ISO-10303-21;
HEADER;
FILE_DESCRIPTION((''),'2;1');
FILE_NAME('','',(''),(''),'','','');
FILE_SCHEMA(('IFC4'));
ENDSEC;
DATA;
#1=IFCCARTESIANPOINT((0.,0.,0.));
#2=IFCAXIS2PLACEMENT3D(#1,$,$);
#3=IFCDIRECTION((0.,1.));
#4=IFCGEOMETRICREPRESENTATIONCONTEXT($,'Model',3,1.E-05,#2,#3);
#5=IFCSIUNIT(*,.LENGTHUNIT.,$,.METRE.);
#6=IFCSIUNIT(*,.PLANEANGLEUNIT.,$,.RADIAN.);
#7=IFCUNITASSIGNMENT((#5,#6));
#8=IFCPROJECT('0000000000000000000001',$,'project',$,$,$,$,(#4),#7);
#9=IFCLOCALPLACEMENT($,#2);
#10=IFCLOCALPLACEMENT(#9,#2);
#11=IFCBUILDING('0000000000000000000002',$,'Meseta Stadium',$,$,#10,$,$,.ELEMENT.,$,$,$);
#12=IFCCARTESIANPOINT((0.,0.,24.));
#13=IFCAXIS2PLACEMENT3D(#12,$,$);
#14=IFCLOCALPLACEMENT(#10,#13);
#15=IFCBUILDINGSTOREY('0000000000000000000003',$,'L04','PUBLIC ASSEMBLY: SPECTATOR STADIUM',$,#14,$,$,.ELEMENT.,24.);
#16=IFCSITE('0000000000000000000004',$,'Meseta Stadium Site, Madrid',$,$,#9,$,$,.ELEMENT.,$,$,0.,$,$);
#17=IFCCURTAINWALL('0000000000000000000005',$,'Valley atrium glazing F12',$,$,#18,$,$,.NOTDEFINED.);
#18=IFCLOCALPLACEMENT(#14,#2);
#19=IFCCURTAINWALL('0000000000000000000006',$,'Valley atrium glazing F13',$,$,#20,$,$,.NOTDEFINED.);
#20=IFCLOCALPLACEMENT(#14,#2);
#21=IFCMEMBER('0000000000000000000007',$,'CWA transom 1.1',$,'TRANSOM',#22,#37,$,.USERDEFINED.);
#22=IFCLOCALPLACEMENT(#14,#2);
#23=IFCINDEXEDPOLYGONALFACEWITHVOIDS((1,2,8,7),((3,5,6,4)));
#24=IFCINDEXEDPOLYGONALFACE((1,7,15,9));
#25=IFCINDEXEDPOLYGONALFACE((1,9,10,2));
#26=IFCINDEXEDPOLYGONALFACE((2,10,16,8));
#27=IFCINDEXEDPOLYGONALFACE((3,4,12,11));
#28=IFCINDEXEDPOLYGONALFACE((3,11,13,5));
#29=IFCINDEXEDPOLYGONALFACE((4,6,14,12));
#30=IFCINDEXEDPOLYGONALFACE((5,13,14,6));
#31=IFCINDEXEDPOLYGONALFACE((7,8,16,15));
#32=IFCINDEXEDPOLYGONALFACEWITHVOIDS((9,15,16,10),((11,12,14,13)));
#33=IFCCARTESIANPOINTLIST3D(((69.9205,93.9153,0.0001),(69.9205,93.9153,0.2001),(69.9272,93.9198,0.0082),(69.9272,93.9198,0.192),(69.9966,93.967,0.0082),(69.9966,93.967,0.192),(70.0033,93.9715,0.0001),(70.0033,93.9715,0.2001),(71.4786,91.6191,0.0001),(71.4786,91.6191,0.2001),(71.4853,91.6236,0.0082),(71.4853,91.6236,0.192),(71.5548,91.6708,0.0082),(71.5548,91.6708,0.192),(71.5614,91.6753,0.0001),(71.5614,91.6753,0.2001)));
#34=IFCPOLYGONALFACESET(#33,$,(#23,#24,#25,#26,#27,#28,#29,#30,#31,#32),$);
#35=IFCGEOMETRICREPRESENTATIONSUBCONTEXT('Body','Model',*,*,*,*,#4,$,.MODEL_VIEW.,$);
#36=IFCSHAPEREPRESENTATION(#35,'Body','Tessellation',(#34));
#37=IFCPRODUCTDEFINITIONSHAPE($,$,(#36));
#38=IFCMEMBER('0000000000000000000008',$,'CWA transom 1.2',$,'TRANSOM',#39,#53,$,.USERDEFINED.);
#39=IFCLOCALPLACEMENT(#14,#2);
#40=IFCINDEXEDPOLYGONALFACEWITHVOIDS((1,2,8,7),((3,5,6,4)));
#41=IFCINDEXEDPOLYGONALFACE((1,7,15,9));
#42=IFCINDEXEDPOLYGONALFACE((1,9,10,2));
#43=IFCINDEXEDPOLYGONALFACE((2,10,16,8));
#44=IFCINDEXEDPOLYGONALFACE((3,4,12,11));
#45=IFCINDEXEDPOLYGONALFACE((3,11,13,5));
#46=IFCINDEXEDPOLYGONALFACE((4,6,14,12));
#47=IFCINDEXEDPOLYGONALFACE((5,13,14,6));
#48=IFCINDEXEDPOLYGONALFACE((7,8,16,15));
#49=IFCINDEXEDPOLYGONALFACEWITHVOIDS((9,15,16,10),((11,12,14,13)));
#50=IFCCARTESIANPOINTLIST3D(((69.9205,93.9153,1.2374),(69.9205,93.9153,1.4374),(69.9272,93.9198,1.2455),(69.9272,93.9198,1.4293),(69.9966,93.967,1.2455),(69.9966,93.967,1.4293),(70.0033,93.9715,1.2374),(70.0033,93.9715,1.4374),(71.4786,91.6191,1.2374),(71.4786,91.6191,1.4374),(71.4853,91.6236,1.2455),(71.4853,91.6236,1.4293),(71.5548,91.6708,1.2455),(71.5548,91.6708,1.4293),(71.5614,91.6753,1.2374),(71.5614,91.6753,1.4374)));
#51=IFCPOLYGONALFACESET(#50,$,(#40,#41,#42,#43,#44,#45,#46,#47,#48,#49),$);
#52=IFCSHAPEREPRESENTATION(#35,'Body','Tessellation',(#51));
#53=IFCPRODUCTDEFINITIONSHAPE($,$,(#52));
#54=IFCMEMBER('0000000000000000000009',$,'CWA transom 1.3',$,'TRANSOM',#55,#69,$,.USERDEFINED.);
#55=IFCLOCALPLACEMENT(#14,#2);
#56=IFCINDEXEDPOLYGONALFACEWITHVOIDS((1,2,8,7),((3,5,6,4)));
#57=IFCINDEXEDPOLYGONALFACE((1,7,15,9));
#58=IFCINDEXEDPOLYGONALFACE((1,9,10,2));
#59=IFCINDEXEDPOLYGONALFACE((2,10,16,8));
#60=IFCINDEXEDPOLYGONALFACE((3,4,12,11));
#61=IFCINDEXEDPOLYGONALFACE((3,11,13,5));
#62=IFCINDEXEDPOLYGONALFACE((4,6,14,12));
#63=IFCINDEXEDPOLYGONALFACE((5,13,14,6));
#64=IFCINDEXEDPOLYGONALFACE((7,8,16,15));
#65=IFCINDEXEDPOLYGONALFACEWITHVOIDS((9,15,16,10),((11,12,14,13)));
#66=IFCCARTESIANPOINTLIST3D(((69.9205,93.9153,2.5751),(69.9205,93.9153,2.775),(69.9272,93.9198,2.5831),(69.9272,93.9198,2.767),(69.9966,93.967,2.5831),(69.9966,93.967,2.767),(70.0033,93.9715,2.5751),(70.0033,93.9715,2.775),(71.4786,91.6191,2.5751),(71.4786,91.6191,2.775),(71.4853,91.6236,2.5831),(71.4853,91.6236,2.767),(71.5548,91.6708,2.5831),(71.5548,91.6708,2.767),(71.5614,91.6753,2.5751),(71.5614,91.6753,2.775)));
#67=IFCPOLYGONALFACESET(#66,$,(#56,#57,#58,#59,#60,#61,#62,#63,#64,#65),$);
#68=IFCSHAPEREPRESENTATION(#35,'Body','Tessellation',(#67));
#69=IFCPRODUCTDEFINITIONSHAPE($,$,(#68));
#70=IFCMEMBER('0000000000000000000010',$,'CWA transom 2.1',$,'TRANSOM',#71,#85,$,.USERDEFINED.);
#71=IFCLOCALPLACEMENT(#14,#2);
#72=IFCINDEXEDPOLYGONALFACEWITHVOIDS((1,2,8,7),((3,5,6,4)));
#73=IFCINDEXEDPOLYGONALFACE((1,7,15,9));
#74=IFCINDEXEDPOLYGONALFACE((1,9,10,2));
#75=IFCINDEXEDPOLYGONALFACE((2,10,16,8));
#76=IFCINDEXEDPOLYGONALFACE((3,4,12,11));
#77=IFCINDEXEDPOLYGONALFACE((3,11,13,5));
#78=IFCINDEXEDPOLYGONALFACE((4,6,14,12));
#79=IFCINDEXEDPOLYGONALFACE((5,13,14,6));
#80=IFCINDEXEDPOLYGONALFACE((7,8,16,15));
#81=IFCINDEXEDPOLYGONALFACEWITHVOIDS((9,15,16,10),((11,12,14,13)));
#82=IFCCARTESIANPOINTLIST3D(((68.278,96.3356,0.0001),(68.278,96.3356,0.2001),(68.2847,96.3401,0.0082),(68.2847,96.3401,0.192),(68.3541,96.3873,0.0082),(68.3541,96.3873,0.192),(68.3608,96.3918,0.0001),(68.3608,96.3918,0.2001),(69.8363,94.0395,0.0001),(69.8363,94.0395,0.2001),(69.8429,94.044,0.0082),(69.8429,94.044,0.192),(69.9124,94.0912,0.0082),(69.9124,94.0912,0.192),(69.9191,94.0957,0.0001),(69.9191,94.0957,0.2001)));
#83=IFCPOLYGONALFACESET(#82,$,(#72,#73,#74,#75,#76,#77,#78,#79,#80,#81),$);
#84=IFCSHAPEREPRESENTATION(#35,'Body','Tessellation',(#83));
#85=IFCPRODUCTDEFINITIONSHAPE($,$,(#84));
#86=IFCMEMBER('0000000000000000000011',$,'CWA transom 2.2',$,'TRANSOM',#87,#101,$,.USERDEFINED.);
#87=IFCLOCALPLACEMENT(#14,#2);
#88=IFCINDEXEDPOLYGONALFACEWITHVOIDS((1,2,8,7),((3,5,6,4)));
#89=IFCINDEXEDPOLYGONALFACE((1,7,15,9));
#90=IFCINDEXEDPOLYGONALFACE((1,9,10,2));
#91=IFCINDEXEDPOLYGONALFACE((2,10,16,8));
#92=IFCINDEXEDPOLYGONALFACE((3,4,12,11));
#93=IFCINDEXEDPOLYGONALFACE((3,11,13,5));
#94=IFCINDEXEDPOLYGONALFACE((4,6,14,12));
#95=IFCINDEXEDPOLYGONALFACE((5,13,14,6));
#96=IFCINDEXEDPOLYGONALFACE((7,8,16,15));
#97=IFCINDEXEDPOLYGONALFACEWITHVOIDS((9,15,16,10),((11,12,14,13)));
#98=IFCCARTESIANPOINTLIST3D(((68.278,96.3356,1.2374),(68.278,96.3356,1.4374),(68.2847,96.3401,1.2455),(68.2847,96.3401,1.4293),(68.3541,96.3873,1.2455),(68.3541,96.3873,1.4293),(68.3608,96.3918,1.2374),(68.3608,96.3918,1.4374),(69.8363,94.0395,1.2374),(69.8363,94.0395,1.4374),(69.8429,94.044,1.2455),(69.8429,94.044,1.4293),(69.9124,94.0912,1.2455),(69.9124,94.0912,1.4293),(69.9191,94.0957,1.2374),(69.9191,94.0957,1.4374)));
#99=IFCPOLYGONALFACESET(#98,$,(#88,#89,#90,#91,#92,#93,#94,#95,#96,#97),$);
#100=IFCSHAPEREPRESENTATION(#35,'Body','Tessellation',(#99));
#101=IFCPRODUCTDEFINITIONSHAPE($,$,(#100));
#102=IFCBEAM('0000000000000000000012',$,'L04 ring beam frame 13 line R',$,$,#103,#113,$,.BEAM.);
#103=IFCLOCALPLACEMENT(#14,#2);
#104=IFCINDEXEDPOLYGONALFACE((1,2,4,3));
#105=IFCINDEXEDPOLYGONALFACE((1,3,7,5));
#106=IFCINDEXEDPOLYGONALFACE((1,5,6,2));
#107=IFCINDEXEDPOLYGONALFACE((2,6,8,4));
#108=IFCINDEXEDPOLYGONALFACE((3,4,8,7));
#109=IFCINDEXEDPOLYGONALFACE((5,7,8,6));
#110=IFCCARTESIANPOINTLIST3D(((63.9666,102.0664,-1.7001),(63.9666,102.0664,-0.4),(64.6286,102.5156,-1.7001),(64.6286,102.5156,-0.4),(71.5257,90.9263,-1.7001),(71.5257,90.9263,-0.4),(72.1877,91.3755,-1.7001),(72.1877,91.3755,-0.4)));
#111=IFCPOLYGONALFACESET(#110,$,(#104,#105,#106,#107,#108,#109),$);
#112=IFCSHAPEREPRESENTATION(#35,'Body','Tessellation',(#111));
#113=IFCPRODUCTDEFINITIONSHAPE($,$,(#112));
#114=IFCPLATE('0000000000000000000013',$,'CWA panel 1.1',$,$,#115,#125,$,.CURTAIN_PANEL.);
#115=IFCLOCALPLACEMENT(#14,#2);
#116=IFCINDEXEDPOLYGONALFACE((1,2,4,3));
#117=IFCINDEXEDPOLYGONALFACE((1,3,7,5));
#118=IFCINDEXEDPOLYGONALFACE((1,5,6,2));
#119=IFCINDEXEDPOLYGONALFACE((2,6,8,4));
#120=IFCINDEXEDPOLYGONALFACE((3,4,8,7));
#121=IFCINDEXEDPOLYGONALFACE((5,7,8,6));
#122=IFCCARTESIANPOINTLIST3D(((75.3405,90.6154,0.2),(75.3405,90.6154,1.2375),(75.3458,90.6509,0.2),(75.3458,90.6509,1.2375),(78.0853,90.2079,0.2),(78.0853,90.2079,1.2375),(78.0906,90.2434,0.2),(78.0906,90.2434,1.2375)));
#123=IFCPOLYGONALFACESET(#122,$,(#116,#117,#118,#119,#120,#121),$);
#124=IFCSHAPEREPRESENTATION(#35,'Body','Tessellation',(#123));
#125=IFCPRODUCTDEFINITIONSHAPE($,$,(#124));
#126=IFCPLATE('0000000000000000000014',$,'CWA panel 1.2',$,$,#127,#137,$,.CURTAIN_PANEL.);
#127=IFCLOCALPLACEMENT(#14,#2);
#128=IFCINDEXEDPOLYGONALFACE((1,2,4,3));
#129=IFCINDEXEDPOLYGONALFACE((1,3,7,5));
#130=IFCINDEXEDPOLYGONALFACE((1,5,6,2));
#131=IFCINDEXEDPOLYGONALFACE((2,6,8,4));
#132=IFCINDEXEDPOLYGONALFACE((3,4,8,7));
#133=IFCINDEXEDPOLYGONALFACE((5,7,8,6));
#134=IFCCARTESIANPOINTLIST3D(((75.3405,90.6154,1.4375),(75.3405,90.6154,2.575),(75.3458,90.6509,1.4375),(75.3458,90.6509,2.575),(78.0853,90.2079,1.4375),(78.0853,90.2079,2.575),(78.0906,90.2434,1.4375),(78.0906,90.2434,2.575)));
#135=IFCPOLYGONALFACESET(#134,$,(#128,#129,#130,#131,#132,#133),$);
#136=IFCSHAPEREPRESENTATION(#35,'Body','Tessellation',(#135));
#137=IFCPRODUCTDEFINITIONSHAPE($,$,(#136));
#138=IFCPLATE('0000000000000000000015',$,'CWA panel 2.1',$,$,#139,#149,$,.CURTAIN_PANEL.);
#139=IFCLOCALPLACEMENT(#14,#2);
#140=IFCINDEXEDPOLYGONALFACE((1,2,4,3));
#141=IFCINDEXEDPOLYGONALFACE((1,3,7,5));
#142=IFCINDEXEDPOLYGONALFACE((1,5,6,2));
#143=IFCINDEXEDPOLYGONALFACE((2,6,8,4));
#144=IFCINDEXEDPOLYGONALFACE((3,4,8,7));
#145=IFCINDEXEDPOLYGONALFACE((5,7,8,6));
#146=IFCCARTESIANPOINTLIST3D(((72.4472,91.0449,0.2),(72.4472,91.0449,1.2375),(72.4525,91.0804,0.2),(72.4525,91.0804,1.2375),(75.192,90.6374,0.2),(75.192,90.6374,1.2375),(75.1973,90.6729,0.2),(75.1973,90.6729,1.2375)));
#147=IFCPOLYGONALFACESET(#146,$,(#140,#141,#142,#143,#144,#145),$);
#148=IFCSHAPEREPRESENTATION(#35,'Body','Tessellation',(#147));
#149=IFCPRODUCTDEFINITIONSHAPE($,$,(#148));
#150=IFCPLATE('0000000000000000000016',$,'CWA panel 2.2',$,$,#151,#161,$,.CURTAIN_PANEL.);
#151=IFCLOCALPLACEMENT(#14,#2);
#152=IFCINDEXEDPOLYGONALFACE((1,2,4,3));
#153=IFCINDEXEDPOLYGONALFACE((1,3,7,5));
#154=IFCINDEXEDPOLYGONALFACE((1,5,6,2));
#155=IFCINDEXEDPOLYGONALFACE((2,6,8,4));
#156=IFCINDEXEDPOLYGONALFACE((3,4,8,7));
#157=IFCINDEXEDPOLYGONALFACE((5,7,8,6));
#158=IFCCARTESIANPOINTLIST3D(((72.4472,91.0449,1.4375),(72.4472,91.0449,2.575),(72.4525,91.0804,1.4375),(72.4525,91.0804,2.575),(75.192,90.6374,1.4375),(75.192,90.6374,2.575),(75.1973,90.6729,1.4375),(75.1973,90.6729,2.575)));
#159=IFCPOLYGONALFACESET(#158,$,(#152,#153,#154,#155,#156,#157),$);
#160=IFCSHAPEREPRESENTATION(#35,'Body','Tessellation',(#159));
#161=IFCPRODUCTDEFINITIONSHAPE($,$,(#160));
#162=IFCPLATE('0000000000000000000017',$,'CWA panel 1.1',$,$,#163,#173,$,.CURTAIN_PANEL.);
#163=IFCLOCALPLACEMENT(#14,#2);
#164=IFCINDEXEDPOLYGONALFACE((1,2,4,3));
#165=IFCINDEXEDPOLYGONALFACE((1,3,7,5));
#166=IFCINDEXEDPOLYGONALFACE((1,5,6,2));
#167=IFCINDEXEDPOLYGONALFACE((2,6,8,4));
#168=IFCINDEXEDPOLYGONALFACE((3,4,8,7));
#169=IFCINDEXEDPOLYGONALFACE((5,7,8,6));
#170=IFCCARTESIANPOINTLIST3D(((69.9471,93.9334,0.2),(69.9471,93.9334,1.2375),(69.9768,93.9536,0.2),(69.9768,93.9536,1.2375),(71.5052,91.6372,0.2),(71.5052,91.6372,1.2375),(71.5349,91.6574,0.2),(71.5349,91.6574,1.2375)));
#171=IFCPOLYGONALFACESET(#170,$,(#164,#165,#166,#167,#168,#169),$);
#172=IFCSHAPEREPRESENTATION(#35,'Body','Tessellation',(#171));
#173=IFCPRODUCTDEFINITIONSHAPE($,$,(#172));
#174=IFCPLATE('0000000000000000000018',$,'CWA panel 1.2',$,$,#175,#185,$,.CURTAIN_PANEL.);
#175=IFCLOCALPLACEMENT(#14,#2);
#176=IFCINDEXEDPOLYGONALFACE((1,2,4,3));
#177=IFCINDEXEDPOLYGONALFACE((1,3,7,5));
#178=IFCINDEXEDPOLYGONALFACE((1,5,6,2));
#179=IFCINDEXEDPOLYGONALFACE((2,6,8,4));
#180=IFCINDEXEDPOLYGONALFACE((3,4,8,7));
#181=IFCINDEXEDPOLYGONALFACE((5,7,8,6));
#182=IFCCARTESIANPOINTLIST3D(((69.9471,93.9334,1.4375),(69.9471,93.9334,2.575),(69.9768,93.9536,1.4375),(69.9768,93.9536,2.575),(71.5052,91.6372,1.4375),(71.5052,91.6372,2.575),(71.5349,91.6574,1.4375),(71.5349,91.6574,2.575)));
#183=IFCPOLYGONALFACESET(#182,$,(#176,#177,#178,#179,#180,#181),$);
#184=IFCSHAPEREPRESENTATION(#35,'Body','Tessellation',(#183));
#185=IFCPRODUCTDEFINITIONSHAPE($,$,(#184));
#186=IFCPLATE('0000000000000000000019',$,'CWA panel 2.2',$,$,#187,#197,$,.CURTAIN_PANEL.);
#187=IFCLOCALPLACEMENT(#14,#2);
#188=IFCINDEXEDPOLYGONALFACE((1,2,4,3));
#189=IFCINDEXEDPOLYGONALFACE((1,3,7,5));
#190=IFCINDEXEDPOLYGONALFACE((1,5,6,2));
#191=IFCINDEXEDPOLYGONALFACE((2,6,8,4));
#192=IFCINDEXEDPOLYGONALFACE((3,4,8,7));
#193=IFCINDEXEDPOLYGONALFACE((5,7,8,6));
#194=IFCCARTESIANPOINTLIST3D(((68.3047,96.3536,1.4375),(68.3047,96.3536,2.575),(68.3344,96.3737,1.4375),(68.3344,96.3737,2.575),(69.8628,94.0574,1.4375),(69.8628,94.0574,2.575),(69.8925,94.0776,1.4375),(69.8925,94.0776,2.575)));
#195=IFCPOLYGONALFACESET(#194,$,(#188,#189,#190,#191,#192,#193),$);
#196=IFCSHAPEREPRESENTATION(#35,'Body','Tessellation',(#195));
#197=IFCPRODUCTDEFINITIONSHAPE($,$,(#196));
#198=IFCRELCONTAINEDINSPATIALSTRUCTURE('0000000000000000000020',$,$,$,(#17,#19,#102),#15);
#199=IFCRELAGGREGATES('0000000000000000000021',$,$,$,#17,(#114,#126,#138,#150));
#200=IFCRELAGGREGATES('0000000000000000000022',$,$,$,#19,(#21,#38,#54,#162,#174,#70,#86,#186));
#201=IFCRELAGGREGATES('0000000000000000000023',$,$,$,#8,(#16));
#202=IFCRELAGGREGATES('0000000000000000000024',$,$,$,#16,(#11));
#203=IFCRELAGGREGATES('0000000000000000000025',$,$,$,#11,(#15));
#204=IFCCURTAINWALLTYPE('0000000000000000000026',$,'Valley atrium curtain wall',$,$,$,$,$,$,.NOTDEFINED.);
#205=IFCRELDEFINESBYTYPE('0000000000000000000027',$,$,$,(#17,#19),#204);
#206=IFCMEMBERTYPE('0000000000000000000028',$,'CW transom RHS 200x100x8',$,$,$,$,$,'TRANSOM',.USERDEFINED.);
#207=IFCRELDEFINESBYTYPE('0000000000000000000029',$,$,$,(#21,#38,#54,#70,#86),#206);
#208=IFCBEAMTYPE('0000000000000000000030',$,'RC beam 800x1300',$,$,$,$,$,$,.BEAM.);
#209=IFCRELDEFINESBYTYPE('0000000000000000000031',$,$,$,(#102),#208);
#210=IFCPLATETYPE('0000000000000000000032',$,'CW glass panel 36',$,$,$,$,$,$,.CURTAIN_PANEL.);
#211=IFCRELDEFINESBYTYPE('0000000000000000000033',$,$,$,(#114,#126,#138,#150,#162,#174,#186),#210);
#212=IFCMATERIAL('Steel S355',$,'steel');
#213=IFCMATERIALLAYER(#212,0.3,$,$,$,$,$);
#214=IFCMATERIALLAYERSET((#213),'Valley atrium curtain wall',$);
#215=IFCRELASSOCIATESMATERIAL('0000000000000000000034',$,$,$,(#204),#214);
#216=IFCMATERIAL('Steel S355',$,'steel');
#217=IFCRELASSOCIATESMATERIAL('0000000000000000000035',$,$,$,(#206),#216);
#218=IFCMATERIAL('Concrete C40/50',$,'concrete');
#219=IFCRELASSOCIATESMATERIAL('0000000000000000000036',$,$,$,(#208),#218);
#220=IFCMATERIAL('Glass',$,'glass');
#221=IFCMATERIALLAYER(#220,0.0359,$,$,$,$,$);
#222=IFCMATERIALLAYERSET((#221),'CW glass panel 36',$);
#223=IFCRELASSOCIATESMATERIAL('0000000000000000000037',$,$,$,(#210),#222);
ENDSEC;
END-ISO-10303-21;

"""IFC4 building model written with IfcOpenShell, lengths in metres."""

from ifc_helpers import new_model, si_unit, direction, frame, origin, origin_2d, place, context, subcontext, project, spatial, rectangle, hollow_rectangle, extrude, material, layer, layer_set, material_profile, profile_set, type_object, element, aggregate, save


model = new_model("IFC4")

# Units and contexts
model_context = context("Model", 3, precision=1e-05, world=origin(), true_north=direction((0.0, 1.0)))
body_context = subcontext(model_context, "Body", "Model", "MODEL_VIEW")
ifc_project = project(units=[si_unit("LENGTHUNIT", "METRE"), si_unit("PLANEANGLEUNIT", "RADIAN")], contexts=[model_context])

# Site, building, storey
site_placement = place(None, origin())
site = spatial("IfcSite", under=ifc_project, at=site_placement, Name="Meseta Stadium Site, Madrid", CompositionType="ELEMENT", RefElevation=0.0)
building_placement = place(site_placement, origin())
building = spatial("IfcBuilding", under=site, at=building_placement, Name="Meseta Stadium", CompositionType="ELEMENT")
storey_placement = place(building_placement, frame((0.0, 0.0, 24.0)))
storey = spatial("IfcBuildingStorey", under=building, at=storey_placement, Name="L04", Description="PUBLIC ASSEMBLY: SPECTATOR STADIUM", CompositionType="ELEMENT", Elevation=24.0)

# Curtain walls
ifc_material_1 = material(Name="Steel S355", Category="steel")
ifc_layer_1 = layer(ifc_material_1, 0.3)
ifc_layer_set_1 = layer_set([ifc_layer_1], Name="Valley atrium curtain wall")
curtain_wall_type = type_object("IfcCurtainWallType", Name="Valley atrium curtain wall", PredefinedType="NOTDEFINED", material=ifc_layer_set_1)
curtain_wall_1_placement = place(storey_placement, origin())
curtain_wall_1 = element("IfcCurtainWall", 1, at=curtain_wall_1_placement, inside=storey, type_object=curtain_wall_type, Name="Valley atrium glazing F12", PredefinedType="NOTDEFINED")
curtain_wall_2_placement = place(storey_placement, origin())
curtain_wall_2 = element("IfcCurtainWall", 2, at=curtain_wall_2_placement, inside=storey, type_object=curtain_wall_type, Name="Valley atrium glazing F13", PredefinedType="NOTDEFINED")

# Members
ifc_material_2 = material(Name="Steel S355", Category="steel")
ifc_material_profile_1 = material_profile(ifc_material_2, hollow_rectangle(XDim=0.1001, YDim=0.2, WallThickness=0.0081, at=origin_2d()), Name="RHS 200x100x8")
ifc_profile_set_1 = profile_set([ifc_material_profile_1], Name="Steel S355")
member_type_1 = type_object("IfcMemberType", Name="CW transom RHS 200x100x8", ElementType="TRANSOM", PredefinedType="USERDEFINED", material=ifc_profile_set_1)
member_1_placement = place(storey_placement, frame((71.52, 91.6472, 0.1001), z_axis=(-0.561504, 0.827474, 0.0), x_axis=(-0.827474, -0.561504, 0.0)))
member_1 = element("IfcMember", 3, at=member_1_placement, type_object=member_type_1, Name="CWA transom 1.1", ObjectType="TRANSOM", PredefinedType="USERDEFINED", context=body_context, shape_type="SweptSolid", body=[
    extrude(hollow_rectangle(XDim=0.1001, YDim=0.2, WallThickness=0.0081, at=origin_2d()), origin(), (0.0, 0.0, 1.0), 2.7749),
])
member_2_placement = place(storey_placement, frame((71.52, 91.6472, 1.3374), z_axis=(-0.561504, 0.827474, 0.0), x_axis=(-0.827474, -0.561504, 0.0)))
member_2 = element("IfcMember", 4, at=member_2_placement, type_object=member_type_1, Name="CWA transom 1.2", ObjectType="TRANSOM", PredefinedType="USERDEFINED", context=body_context, shape_type="SweptSolid", body=[
    extrude(hollow_rectangle(XDim=0.1001, YDim=0.2, WallThickness=0.0081, at=origin_2d()), origin(), (0.0, 0.0, 1.0), 2.7749),
])
member_3_placement = place(storey_placement, frame((71.52, 91.6472, 2.675), z_axis=(-0.561504, 0.827474, 0.0), x_axis=(-0.827474, -0.561504, 0.0)))
member_3 = element("IfcMember", 5, at=member_3_placement, type_object=member_type_1, Name="CWA transom 1.3", ObjectType="TRANSOM", PredefinedType="USERDEFINED", context=body_context, shape_type="SweptSolid", body=[
    extrude(hollow_rectangle(XDim=0.1001, YDim=0.2, WallThickness=0.0081, at=origin_2d()), origin(), (0.0, 0.0, 1.0), 2.7749),
])
member_4_placement = place(storey_placement, frame((69.8777, 94.0676, 0.1001), z_axis=(-0.561564, 0.827433, 0.0), x_axis=(-0.827433, -0.561564, 0.0)))
member_4 = element("IfcMember", 6, at=member_4_placement, type_object=member_type_1, Name="CWA transom 2.1", ObjectType="TRANSOM", PredefinedType="USERDEFINED", context=body_context, shape_type="SweptSolid", body=[
    extrude(hollow_rectangle(XDim=0.1001, YDim=0.2, WallThickness=0.0081, at=origin_2d()), origin(), (0.0, 0.0, 1.0), 2.7749),
])
member_5_placement = place(storey_placement, frame((69.8777, 94.0676, 1.3374), z_axis=(-0.561564, 0.827433, 0.0), x_axis=(-0.827433, -0.561564, 0.0)))
member_5 = element("IfcMember", 7, at=member_5_placement, type_object=member_type_1, Name="CWA transom 2.2", ObjectType="TRANSOM", PredefinedType="USERDEFINED", context=body_context, shape_type="SweptSolid", body=[
    extrude(hollow_rectangle(XDim=0.1001, YDim=0.2, WallThickness=0.0081, at=origin_2d()), origin(), (0.0, 0.0, 1.0), 2.7749),
])

# Beam
ifc_material_3 = material(Name="Concrete C40/50", Category="concrete")
ifc_material_profile_2 = material_profile(ifc_material_3, rectangle(XDim=0.8, YDim=1.3, at=origin_2d()), Name="RC 800x1300")
ifc_profile_set_2 = profile_set([ifc_material_profile_2], Name="Concrete C40/50")
beam_type = type_object("IfcBeamType", Name="RC beam 800x1300", PredefinedType="BEAM", material=ifc_profile_set_2)
beam_placement = place(storey_placement, frame((71.8567, 91.1509, -1.05), z_axis=(-0.561486, 0.827486, 0.0), x_axis=(-0.827486, -0.561486, 0.0)))
element("IfcBeam", 8, at=beam_placement, inside=storey, type_object=beam_type, Name="L04 ring beam frame 13 line R", PredefinedType="BEAM", context=body_context, shape_type="SweptSolid", body=[
    extrude(rectangle(XDim=0.8, YDim=1.3, at=origin_2d()), origin(), (0.0, 0.0, 1.0), 13.4626),
])

# Plates
ifc_material_4 = material(Name="Glass", Category="glass")
ifc_layer_2 = layer(ifc_material_4, 0.0359)
ifc_layer_set_2 = layer_set([ifc_layer_2], Name="CW glass panel 36")
plate_type = type_object("IfcPlateType", Name="CW glass panel 36", PredefinedType="CURTAIN_PANEL", material=ifc_layer_set_2)
plate_1_placement = place(storey_placement, frame((76.7156, 90.4294, 0.2), z_axis=(0.0, 0.0, 1.0), x_axis=(-0.989158, 0.146854, 0.0)))
plate_1 = element("IfcPlate", 9, at=plate_1_placement, type_object=plate_type, Name="CWA panel 1.1", PredefinedType="CURTAIN_PANEL", context=body_context, shape_type="SweptSolid", body=[
    extrude(rectangle(XDim=2.7749, YDim=0.0359, at=origin_2d()), origin(), (0.0, 0.0, 1.0), 1.0376),
])
plate_2_placement = place(storey_placement, frame((76.7156, 90.4294, 1.4375), z_axis=(0.0, 0.0, 1.0), x_axis=(-0.989158, 0.146854, 0.0)))
plate_2 = element("IfcPlate", 10, at=plate_2_placement, type_object=plate_type, Name="CWA panel 1.2", PredefinedType="CURTAIN_PANEL", context=body_context, shape_type="SweptSolid", body=[
    extrude(rectangle(XDim=2.7749, YDim=0.0359, at=origin_2d()), origin(), (0.0, 0.0, 1.0), 1.1375),
])
plate_3_placement = place(storey_placement, frame((73.8223, 90.8589, 0.2), z_axis=(0.0, 0.0, 1.0), x_axis=(-0.989158, 0.146854, 0.0)))
plate_3 = element("IfcPlate", 11, at=plate_3_placement, type_object=plate_type, Name="CWA panel 2.1", PredefinedType="CURTAIN_PANEL", context=body_context, shape_type="SweptSolid", body=[
    extrude(rectangle(XDim=2.7749, YDim=0.0359, at=origin_2d()), origin(), (0.0, 0.0, 1.0), 1.0376),
])
plate_4_placement = place(storey_placement, frame((73.8223, 90.8589, 1.4375), z_axis=(0.0, 0.0, 1.0), x_axis=(-0.989158, 0.146854, 0.0)))
plate_4 = element("IfcPlate", 12, at=plate_4_placement, type_object=plate_type, Name="CWA panel 2.2", PredefinedType="CURTAIN_PANEL", context=body_context, shape_type="SweptSolid", body=[
    extrude(rectangle(XDim=2.7749, YDim=0.0359, at=origin_2d()), origin(), (0.0, 0.0, 1.0), 1.1375),
])
aggregate(curtain_wall_1, [plate_1, plate_2, plate_3, plate_4])
plate_5_placement = place(storey_placement, frame((70.741, 92.7954, 0.2), z_axis=(0.0, 0.0, 1.0), x_axis=(-0.56149, 0.827483, 0.0)))
plate_5 = element("IfcPlate", 13, at=plate_5_placement, type_object=plate_type, Name="CWA panel 1.1", PredefinedType="CURTAIN_PANEL", context=body_context, shape_type="SweptSolid", body=[
    extrude(rectangle(XDim=2.7749, YDim=0.0359, at=origin_2d()), origin(), (0.0, 0.0, 1.0), 1.0376),
])
plate_6_placement = place(storey_placement, frame((70.741, 92.7954, 1.4375), z_axis=(0.0, 0.0, 1.0), x_axis=(-0.56149, 0.827483, 0.0)))
plate_6 = element("IfcPlate", 14, at=plate_6_placement, type_object=plate_type, Name="CWA panel 1.2", PredefinedType="CURTAIN_PANEL", context=body_context, shape_type="SweptSolid", body=[
    extrude(rectangle(XDim=2.7749, YDim=0.0359, at=origin_2d()), origin(), (0.0, 0.0, 1.0), 1.1375),
])
plate_7_placement = place(storey_placement, frame((69.0986, 95.2156, 1.4375), z_axis=(0.0, 0.0, 1.0), x_axis=(-0.56149, 0.827483, 0.0)))
plate_7 = element("IfcPlate", 15, at=plate_7_placement, type_object=plate_type, Name="CWA panel 2.2", PredefinedType="CURTAIN_PANEL", context=body_context, shape_type="SweptSolid", body=[
    extrude(rectangle(XDim=2.7749, YDim=0.0359, at=origin_2d()), origin(), (0.0, 0.0, 1.0), 1.1375),
])
aggregate(curtain_wall_2, [member_1, member_2, member_3, plate_5, plate_6, member_4, member_5, plate_7])

save(model, "model.ifc")
